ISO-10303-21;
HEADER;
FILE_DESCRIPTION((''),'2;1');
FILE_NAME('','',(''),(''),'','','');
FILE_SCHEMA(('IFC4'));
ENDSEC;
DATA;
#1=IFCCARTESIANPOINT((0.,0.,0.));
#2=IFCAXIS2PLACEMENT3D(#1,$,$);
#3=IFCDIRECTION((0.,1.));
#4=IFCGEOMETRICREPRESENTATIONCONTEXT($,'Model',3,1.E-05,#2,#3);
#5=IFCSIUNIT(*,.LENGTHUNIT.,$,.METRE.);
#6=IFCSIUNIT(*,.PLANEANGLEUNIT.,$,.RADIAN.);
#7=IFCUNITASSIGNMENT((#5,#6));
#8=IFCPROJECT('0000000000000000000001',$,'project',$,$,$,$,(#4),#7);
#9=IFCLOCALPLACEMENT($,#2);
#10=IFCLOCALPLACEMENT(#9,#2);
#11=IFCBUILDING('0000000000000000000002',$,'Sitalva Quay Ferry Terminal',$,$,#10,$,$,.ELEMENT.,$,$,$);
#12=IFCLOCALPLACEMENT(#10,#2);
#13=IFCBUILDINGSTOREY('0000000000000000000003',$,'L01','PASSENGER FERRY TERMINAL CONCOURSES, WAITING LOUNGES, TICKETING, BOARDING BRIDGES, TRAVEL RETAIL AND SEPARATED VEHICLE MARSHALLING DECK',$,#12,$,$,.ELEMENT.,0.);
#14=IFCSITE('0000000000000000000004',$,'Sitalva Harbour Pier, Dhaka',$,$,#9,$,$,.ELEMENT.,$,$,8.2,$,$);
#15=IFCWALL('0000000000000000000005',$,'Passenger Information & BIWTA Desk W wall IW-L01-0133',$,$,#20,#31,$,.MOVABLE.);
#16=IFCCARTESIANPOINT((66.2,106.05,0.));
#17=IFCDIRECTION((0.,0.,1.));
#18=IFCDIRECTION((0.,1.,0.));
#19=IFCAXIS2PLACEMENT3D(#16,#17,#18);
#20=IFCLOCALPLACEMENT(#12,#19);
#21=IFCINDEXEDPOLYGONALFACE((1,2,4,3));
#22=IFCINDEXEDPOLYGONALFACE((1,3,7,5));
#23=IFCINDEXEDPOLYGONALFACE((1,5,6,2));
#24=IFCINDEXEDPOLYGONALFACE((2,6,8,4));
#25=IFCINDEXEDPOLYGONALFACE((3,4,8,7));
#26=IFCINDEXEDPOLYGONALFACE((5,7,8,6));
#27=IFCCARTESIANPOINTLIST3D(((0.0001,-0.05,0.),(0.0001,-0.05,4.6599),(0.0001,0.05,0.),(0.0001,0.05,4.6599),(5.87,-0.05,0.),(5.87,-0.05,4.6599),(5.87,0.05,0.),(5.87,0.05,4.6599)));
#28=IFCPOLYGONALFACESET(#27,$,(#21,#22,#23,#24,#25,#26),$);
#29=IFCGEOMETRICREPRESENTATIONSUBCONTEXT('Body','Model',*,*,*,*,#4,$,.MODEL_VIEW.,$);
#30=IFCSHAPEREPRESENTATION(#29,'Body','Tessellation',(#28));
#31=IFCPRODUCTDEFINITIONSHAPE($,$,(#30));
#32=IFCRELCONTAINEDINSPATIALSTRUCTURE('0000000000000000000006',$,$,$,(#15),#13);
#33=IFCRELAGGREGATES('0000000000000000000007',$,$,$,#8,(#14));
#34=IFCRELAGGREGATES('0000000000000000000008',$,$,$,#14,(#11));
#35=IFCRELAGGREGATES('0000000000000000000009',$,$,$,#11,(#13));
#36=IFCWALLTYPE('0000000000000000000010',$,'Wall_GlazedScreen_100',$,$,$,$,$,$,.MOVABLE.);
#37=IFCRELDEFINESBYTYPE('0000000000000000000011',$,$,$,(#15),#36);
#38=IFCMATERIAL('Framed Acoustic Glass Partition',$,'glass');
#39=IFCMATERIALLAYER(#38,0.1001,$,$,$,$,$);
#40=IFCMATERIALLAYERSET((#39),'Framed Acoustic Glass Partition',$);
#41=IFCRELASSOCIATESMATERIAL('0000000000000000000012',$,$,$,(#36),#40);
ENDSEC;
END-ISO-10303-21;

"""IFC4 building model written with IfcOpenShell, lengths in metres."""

from ifc_helpers import new_model, si_unit, direction, frame, frame_2d, origin, place, context, subcontext, project, spatial, rectangle, extrude, material, layer, layer_set, type_object, element, save


model = new_model("IFC4")

# Units and contexts
model_context = context("Model", 3, precision=1e-05, world=origin(), true_north=direction((0.0, 1.0)))
body_context = subcontext(model_context, "Body", "Model", "MODEL_VIEW")
ifc_project = project(units=[si_unit("LENGTHUNIT", "METRE"), si_unit("PLANEANGLEUNIT", "RADIAN")], contexts=[model_context])

# Site, building, storey
site_placement = place(None, origin())
site = spatial("IfcSite", under=ifc_project, at=site_placement, Name="Sitalva Harbour Pier, Dhaka", CompositionType="ELEMENT", RefElevation=8.2)
building_placement = place(site_placement, origin())
building = spatial("IfcBuilding", under=site, at=building_placement, Name="Sitalva Quay Ferry Terminal", CompositionType="ELEMENT")
storey_placement = place(building_placement, origin())
storey = spatial("IfcBuildingStorey", under=building, at=storey_placement, Name="L01", Description="PASSENGER FERRY TERMINAL CONCOURSES, WAITING LOUNGES, TICKETING, BOARDING BRIDGES, TRAVEL RETAIL AND SEPARATED VEHICLE MARSHALLING DECK", CompositionType="ELEMENT", Elevation=0.0)

# Wall
ifc_material_1 = material(Name="Framed Acoustic Glass Partition", Category="glass")
ifc_layer_1 = layer(ifc_material_1, 0.1001)
ifc_layer_set_1 = layer_set([ifc_layer_1], Name="Framed Acoustic Glass Partition")
wall_type_1 = type_object("IfcWallType", Name="Wall_GlazedScreen_100", PredefinedType="MOVABLE", material=ifc_layer_set_1)
wall_1_placement = place(storey_placement, frame((66.2, 106.05, 0.0), z_axis=(0.0, 0.0, 1.0), x_axis=(0.0, 1.0, 0.0)))
element("IfcWall", 1, at=wall_1_placement, inside=storey, type_object=wall_type_1, Name="Passenger Information & BIWTA Desk W wall IW-L01-0133", PredefinedType="MOVABLE", context=body_context, shape_type="SweptSolid", body=[
    extrude(rectangle(XDim=5.8699, YDim=0.1001, at=frame_2d((2.9351, 0.0))), origin(), (0.0, 0.0, 1.0), 4.6599),
])

save(model, "model.ifc")
